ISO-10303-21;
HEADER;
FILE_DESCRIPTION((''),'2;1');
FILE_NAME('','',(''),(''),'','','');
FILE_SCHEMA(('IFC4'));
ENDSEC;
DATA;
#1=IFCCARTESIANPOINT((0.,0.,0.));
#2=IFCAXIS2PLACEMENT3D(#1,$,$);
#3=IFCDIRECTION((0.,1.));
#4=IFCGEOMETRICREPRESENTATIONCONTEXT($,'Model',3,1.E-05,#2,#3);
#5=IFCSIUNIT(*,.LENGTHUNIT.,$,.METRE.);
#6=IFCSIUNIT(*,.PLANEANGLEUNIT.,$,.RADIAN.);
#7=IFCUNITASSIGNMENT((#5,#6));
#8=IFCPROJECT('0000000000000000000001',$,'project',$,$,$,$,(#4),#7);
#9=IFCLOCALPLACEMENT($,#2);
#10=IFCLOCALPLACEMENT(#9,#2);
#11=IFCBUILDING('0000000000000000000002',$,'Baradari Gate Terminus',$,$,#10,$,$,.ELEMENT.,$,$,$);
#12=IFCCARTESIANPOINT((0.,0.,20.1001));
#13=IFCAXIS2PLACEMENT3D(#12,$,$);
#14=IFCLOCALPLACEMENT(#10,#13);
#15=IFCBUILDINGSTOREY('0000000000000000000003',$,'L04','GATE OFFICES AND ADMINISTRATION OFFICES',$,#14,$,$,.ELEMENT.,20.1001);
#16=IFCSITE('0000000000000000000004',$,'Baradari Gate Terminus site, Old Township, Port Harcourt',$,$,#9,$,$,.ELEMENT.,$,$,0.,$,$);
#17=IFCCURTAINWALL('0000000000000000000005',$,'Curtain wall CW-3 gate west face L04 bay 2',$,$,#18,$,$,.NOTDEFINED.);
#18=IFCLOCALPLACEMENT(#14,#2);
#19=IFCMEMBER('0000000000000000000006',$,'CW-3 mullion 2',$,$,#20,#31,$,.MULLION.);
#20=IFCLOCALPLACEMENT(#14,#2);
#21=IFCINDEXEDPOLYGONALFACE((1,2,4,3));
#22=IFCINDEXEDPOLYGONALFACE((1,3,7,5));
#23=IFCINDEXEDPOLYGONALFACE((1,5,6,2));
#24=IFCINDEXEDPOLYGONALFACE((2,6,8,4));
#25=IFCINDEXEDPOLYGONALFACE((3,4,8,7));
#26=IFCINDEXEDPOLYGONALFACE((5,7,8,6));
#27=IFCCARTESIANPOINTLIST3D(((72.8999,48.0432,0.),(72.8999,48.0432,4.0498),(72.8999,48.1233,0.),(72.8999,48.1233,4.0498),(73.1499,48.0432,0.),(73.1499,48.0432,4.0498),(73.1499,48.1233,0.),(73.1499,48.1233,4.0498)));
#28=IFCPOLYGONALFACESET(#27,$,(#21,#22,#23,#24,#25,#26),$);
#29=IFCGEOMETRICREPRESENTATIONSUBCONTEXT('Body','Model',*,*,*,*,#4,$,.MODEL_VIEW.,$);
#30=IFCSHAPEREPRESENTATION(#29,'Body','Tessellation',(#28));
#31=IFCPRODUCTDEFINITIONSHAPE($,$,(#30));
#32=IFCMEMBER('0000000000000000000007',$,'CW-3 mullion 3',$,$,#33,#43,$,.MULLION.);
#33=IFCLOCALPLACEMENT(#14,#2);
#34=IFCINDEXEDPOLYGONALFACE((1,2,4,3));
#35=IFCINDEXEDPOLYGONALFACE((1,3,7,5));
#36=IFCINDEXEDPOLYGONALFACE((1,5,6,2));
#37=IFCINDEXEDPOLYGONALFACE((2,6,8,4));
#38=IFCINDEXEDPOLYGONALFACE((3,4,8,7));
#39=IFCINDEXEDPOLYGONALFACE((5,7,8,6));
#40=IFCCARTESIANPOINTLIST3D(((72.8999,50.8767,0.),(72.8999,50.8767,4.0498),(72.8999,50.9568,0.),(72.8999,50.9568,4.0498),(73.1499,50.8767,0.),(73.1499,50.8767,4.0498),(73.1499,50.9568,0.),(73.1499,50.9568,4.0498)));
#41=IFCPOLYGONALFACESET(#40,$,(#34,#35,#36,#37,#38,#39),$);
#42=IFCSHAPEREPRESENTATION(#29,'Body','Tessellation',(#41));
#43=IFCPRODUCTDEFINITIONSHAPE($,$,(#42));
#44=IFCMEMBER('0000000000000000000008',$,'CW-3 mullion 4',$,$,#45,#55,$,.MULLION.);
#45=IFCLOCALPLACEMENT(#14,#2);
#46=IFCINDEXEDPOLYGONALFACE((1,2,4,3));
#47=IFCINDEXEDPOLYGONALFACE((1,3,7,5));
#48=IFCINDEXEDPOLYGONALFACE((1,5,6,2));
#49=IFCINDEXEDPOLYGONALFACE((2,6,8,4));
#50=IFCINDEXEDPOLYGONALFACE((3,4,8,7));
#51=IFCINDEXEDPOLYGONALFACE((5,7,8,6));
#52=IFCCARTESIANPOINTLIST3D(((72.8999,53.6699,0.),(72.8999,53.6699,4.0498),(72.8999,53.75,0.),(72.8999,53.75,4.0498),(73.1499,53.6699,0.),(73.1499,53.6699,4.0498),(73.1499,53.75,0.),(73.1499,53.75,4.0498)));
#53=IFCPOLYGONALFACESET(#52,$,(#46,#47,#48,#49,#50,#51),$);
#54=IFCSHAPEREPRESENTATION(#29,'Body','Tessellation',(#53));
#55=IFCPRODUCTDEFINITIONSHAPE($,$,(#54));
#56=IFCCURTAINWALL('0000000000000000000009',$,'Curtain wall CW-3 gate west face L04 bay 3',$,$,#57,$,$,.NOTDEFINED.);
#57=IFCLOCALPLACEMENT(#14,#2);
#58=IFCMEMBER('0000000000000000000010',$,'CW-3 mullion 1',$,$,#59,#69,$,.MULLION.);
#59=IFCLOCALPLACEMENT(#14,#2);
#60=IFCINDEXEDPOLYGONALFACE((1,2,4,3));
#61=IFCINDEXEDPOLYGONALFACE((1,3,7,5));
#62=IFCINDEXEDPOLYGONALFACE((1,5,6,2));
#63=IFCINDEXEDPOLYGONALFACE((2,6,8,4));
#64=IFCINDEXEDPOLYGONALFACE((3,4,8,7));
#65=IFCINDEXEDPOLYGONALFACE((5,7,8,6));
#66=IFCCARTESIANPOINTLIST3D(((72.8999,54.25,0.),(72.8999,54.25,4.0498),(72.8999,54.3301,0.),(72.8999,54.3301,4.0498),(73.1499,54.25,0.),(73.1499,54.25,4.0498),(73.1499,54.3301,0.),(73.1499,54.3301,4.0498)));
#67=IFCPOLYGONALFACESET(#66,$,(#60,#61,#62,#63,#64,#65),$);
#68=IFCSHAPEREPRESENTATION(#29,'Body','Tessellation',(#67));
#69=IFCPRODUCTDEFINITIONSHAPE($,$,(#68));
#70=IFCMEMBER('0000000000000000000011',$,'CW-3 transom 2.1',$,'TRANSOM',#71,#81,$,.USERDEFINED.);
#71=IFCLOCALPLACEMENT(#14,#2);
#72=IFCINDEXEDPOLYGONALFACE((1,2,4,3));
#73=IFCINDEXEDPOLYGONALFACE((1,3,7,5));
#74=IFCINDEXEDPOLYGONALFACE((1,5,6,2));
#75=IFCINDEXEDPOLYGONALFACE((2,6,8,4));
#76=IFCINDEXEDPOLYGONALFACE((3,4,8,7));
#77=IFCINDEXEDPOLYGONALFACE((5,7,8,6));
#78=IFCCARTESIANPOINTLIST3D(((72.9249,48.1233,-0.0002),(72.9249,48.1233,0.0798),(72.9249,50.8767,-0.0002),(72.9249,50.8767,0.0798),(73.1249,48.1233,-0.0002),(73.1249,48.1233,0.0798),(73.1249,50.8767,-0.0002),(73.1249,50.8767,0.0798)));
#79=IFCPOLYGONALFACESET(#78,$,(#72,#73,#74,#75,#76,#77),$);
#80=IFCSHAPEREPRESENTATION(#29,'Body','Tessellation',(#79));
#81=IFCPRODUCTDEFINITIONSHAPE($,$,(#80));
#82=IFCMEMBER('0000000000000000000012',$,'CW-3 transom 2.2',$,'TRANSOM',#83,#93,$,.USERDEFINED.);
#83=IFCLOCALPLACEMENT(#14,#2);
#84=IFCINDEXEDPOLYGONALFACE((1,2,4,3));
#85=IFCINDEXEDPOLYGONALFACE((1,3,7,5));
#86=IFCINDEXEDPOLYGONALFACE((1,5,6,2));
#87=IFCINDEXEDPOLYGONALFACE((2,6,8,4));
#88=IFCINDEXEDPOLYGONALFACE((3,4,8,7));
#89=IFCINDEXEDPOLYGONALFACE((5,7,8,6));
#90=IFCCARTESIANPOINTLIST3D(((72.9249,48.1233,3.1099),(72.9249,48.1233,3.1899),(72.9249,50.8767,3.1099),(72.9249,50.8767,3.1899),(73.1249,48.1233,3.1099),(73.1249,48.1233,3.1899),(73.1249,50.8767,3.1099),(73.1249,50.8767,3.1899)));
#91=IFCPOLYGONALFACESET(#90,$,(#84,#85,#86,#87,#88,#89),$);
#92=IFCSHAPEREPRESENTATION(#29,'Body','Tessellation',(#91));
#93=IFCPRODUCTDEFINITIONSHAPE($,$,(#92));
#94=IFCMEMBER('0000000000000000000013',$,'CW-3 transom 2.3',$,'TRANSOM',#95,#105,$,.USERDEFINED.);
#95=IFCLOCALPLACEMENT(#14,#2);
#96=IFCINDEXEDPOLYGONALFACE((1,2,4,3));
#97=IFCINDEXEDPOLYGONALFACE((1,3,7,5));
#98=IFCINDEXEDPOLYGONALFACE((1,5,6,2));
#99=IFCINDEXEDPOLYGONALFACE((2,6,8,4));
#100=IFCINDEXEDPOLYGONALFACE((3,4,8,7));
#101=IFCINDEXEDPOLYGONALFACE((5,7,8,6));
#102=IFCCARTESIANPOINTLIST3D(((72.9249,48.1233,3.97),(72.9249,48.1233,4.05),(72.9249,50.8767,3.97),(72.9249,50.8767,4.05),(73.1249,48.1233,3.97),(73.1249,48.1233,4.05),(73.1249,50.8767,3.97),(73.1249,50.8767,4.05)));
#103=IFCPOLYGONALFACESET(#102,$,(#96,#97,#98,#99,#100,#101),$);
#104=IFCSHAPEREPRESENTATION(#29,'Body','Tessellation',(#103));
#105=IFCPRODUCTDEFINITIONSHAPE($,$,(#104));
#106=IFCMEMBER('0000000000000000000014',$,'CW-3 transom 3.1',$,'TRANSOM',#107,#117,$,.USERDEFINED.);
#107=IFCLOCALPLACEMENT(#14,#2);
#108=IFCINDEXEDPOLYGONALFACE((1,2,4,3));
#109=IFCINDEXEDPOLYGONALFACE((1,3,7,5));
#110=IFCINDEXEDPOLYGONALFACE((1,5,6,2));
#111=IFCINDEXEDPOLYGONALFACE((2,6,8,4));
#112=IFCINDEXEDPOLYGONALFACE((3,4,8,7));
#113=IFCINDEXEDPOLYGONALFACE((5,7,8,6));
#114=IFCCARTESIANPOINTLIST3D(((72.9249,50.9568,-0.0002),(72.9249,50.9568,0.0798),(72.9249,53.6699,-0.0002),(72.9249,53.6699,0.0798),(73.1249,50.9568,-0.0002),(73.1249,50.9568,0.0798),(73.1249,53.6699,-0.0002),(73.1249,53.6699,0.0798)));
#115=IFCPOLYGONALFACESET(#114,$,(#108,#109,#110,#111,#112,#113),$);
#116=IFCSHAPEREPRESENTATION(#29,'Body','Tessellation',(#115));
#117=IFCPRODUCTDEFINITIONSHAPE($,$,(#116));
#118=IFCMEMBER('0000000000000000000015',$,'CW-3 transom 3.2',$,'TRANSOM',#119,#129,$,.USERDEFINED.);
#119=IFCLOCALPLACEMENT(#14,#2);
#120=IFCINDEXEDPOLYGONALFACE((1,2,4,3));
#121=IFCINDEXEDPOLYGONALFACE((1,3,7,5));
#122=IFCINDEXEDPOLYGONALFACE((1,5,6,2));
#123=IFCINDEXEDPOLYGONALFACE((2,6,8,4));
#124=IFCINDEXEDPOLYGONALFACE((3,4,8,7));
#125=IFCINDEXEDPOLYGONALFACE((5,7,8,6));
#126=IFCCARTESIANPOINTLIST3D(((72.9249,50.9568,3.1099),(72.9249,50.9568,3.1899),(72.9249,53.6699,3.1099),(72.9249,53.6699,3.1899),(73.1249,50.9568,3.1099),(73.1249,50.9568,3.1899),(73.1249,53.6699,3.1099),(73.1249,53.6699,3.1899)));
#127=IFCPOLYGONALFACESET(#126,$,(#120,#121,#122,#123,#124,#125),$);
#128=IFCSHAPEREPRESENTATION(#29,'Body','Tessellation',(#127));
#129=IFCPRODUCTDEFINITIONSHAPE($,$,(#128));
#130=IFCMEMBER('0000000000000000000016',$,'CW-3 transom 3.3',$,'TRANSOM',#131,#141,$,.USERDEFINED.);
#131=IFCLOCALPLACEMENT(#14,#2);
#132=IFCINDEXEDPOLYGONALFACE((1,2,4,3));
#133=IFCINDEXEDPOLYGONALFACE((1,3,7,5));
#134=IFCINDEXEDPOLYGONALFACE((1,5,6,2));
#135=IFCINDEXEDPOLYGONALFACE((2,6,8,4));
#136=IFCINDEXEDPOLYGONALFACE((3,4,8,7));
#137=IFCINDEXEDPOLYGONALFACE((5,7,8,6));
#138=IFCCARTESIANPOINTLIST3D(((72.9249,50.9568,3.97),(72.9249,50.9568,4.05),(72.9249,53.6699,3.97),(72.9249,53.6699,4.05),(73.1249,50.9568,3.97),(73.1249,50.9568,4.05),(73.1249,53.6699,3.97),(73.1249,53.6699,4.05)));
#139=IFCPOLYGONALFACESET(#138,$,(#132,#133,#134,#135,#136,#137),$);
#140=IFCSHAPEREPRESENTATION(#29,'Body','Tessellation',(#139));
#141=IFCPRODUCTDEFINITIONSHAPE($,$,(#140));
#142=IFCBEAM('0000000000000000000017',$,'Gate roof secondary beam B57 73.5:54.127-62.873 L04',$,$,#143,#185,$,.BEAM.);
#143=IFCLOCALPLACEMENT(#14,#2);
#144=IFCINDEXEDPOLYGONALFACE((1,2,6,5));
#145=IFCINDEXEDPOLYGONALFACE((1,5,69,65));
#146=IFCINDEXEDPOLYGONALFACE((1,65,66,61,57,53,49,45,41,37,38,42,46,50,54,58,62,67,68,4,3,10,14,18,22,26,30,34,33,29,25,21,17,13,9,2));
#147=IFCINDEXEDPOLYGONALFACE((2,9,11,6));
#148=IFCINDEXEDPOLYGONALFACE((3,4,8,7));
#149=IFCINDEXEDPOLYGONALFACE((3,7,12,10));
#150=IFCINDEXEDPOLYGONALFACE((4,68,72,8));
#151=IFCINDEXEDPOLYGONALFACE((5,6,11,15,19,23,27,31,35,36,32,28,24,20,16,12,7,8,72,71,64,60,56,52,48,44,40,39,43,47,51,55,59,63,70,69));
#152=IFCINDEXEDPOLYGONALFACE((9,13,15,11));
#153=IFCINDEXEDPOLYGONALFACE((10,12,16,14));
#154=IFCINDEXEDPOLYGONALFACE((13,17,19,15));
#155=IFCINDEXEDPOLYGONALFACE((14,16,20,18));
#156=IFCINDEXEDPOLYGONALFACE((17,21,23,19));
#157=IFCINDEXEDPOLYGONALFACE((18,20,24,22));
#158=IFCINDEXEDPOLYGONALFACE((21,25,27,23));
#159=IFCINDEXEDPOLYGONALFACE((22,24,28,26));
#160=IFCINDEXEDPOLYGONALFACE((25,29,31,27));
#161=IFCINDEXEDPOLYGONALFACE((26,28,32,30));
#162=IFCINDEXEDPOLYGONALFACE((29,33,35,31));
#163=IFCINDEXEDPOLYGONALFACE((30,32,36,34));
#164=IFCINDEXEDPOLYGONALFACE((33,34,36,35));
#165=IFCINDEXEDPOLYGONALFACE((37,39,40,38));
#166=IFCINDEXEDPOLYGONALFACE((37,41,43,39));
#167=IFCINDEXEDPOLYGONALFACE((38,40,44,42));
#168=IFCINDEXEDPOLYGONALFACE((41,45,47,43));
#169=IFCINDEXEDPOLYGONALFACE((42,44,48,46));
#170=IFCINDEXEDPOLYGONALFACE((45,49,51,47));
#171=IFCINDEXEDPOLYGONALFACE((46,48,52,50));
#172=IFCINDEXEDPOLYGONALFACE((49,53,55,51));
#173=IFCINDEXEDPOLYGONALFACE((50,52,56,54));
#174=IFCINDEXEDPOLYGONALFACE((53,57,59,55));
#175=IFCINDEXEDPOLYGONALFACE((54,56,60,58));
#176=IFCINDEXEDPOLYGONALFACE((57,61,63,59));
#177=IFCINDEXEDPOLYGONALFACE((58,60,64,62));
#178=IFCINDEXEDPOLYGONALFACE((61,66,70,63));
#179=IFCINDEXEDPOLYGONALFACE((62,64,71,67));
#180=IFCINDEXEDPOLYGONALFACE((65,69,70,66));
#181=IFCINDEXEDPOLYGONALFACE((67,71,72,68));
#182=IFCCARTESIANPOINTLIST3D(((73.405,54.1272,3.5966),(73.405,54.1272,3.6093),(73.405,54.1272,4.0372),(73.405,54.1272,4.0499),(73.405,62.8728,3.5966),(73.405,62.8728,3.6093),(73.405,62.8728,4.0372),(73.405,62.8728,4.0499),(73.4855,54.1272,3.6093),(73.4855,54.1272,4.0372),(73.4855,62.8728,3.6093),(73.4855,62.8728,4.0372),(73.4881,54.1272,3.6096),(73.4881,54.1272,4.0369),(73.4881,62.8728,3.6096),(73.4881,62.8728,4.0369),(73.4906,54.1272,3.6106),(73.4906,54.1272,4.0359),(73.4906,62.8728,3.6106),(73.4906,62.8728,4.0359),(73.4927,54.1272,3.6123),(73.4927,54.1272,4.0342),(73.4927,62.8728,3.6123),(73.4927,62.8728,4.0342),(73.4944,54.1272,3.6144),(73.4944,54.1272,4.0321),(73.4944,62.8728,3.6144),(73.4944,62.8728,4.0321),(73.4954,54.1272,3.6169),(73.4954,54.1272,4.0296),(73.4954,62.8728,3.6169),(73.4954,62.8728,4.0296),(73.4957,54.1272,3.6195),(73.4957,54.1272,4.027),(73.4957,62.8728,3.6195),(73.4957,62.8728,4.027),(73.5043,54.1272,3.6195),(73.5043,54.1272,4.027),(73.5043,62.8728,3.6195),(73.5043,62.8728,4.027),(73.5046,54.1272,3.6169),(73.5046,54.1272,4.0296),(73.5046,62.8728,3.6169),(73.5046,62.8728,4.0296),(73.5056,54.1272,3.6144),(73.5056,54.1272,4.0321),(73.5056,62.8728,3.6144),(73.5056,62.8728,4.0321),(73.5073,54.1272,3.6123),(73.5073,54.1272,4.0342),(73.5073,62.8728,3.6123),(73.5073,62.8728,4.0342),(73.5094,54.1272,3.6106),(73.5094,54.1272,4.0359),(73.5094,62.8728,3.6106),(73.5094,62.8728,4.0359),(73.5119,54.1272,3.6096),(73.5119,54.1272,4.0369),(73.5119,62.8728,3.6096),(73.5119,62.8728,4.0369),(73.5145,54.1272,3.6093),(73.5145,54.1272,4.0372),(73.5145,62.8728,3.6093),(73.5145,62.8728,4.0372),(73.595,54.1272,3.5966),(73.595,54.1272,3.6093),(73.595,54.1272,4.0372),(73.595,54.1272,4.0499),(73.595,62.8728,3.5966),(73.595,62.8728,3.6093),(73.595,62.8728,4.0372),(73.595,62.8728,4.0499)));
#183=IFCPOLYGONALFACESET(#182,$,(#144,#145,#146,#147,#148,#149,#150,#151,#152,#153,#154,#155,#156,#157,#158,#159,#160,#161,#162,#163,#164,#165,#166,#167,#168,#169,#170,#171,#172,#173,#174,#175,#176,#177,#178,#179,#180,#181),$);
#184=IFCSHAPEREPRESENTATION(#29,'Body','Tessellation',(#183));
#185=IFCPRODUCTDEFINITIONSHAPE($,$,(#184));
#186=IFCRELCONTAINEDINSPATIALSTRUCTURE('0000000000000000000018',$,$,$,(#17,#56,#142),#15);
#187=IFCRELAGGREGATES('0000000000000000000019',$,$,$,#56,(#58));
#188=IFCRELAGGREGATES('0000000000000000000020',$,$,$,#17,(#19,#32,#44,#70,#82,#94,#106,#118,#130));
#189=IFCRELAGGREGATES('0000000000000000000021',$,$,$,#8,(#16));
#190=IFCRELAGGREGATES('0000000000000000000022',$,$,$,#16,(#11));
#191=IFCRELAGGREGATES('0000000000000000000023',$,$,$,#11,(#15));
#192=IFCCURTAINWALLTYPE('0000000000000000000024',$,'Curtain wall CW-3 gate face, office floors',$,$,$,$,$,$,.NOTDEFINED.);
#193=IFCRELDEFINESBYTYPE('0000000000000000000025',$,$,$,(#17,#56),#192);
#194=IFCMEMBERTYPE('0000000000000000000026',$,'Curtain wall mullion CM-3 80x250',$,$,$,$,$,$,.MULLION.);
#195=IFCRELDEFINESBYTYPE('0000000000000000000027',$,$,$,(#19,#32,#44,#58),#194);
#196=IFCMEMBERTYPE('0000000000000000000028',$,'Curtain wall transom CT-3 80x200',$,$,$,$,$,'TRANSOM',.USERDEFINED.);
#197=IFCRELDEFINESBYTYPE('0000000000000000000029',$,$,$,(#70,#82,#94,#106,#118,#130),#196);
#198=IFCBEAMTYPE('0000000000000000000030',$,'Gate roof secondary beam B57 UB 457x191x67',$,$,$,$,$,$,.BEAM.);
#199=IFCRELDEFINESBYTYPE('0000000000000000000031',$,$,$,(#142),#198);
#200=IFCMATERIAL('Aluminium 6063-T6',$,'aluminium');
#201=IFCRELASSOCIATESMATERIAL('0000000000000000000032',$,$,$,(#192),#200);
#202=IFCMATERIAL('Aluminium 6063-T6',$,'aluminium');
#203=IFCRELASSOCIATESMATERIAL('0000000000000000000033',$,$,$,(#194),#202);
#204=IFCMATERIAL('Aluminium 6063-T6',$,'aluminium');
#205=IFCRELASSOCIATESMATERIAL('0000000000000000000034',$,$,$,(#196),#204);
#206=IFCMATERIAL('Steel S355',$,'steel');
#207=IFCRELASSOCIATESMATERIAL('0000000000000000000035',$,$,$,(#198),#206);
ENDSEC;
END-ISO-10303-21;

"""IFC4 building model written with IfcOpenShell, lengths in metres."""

from ifc_helpers import new_model, si_unit, direction, frame, origin, origin_2d, place, context, subcontext, project, spatial, rectangle, i_section, extrude, material, material_profile, profile_set, type_object, element, aggregate, save


model = new_model("IFC4")

# Units and contexts
model_context = context("Model", 3, precision=1e-05, world=origin(), true_north=direction((0.0, 1.0)))
body_context = subcontext(model_context, "Body", "Model", "MODEL_VIEW")
ifc_project = project(units=[si_unit("LENGTHUNIT", "METRE"), si_unit("PLANEANGLEUNIT", "RADIAN")], contexts=[model_context])

# Site, building, storey
site_placement = place(None, origin())
site = spatial("IfcSite", under=ifc_project, at=site_placement, Name="Baradari Gate Terminus site, Old Township, Port Harcourt", CompositionType="ELEMENT", RefElevation=0.0)
building_placement = place(site_placement, origin())
building = spatial("IfcBuilding", under=site, at=building_placement, Name="Baradari Gate Terminus", CompositionType="ELEMENT")
storey_placement = place(building_placement, frame((0.0, 0.0, 20.1001)))
storey = spatial("IfcBuildingStorey", under=building, at=storey_placement, Name="L04", Description="GATE OFFICES AND ADMINISTRATION OFFICES", CompositionType="ELEMENT", Elevation=20.1001)

# Curtain wall, members
ifc_material_1 = material(Name="Aluminium 6063-T6", Category="aluminium")
curtain_wall_type = type_object("IfcCurtainWallType", Name="Curtain wall CW-3 gate face, office floors", PredefinedType="NOTDEFINED", material=ifc_material_1)
curtain_wall_1_placement = place(storey_placement, origin())
curtain_wall_1 = element("IfcCurtainWall", 1, at=curtain_wall_1_placement, inside=storey, type_object=curtain_wall_type, Name="Curtain wall CW-3 gate west face L04 bay 2", PredefinedType="NOTDEFINED")
ifc_material_2 = material(Name="Aluminium 6063-T6", Category="aluminium")
ifc_material_profile_1 = material_profile(ifc_material_2, rectangle(XDim=0.25, YDim=0.0801, at=origin_2d()), Name="CM-3 80X250")
ifc_profile_set_1 = profile_set([ifc_material_profile_1], Name="Aluminium 6063-T6")
member_type_1 = type_object("IfcMemberType", Name="Curtain wall mullion CM-3 80x250", PredefinedType="MULLION", material=ifc_profile_set_1)
member_1_placement = place(storey_placement, frame((73.0249, 48.0833, 0.0), z_axis=(0.0, 0.0, 1.0), x_axis=(-1.0, 0.0, 0.0)))
member_1 = element("IfcMember", 2, at=member_1_placement, type_object=member_type_1, Name="CW-3 mullion 2", PredefinedType="MULLION", context=body_context, shape_type="SweptSolid", body=[
    extrude(rectangle(XDim=0.25, YDim=0.0801, at=origin_2d()), origin(), (0.0, 0.0, 1.0), 4.0498),
])
member_2_placement = place(storey_placement, frame((73.0249, 50.9167, 0.0), z_axis=(0.0, 0.0, 1.0), x_axis=(-1.0, 0.0, 0.0)))
member_2 = element("IfcMember", 3, at=member_2_placement, type_object=member_type_1, Name="CW-3 mullion 3", PredefinedType="MULLION", context=body_context, shape_type="SweptSolid", body=[
    extrude(rectangle(XDim=0.25, YDim=0.0801, at=origin_2d()), origin(), (0.0, 0.0, 1.0), 4.0498),
])
member_3_placement = place(storey_placement, frame((73.0249, 53.71, 0.0), z_axis=(0.0, 0.0, 1.0), x_axis=(-1.0, 0.0, 0.0)))
member_3 = element("IfcMember", 4, at=member_3_placement, type_object=member_type_1, Name="CW-3 mullion 4", PredefinedType="MULLION", context=body_context, shape_type="SweptSolid", body=[
    extrude(rectangle(XDim=0.25, YDim=0.0801, at=origin_2d()), origin(), (0.0, 0.0, 1.0), 4.0498),
])

# Curtain wall, member
curtain_wall_2_placement = place(storey_placement, origin())
curtain_wall_2 = element("IfcCurtainWall", 5, at=curtain_wall_2_placement, inside=storey, type_object=curtain_wall_type, Name="Curtain wall CW-3 gate west face L04 bay 3", PredefinedType="NOTDEFINED")
member_4_placement = place(storey_placement, frame((73.0249, 54.29, 0.0), z_axis=(0.0, 0.0, 1.0), x_axis=(-1.0, 0.0, 0.0)))
member_4 = element("IfcMember", 6, at=member_4_placement, type_object=member_type_1, Name="CW-3 mullion 1", PredefinedType="MULLION", context=body_context, shape_type="SweptSolid", body=[
    extrude(rectangle(XDim=0.25, YDim=0.0801, at=origin_2d()), origin(), (0.0, 0.0, 1.0), 4.0498),
])
aggregate(curtain_wall_2, [member_4])

# Members
ifc_material_3 = material(Name="Aluminium 6063-T6", Category="aluminium")
ifc_material_profile_2 = material_profile(ifc_material_3, rectangle(XDim=0.2, YDim=0.0801, at=origin_2d()), Name="CT-3 80X200")
ifc_profile_set_2 = profile_set([ifc_material_profile_2], Name="Aluminium 6063-T6")
member_type_2 = type_object("IfcMemberType", Name="Curtain wall transom CT-3 80x200", ElementType="TRANSOM", PredefinedType="USERDEFINED", material=ifc_profile_set_2)
member_5_placement = place(storey_placement, frame((73.0249, 48.1233, 0.0398), z_axis=(0.0, 1.0, 0.0), x_axis=(-1.0, 0.0, 0.0)))
member_5 = element("IfcMember", 7, at=member_5_placement, type_object=member_type_2, Name="CW-3 transom 2.1", ObjectType="TRANSOM", PredefinedType="USERDEFINED", context=body_context, shape_type="SweptSolid", body=[
    extrude(rectangle(XDim=0.2, YDim=0.0801, at=origin_2d()), origin(), (0.0, 0.0, 1.0), 2.7534),
])
member_6_placement = place(storey_placement, frame((73.0249, 48.1233, 3.1499), z_axis=(0.0, 1.0, 0.0), x_axis=(-1.0, 0.0, 0.0)))
member_6 = element("IfcMember", 8, at=member_6_placement, type_object=member_type_2, Name="CW-3 transom 2.2", ObjectType="TRANSOM", PredefinedType="USERDEFINED", context=body_context, shape_type="SweptSolid", body=[
    extrude(rectangle(XDim=0.2, YDim=0.0801, at=origin_2d()), origin(), (0.0, 0.0, 1.0), 2.7534),
])
member_7_placement = place(storey_placement, frame((73.0249, 48.1233, 4.01), z_axis=(0.0, 1.0, 0.0), x_axis=(-1.0, 0.0, 0.0)))
member_7 = element("IfcMember", 9, at=member_7_placement, type_object=member_type_2, Name="CW-3 transom 2.3", ObjectType="TRANSOM", PredefinedType="USERDEFINED", context=body_context, shape_type="SweptSolid", body=[
    extrude(rectangle(XDim=0.2, YDim=0.0801, at=origin_2d()), origin(), (0.0, 0.0, 1.0), 2.7534),
])
member_8_placement = place(storey_placement, frame((73.0249, 50.9568, 0.0398), z_axis=(0.0, 1.0, 0.0), x_axis=(-1.0, 0.0, 0.0)))
member_8 = element("IfcMember", 10, at=member_8_placement, type_object=member_type_2, Name="CW-3 transom 3.1", ObjectType="TRANSOM", PredefinedType="USERDEFINED", context=body_context, shape_type="SweptSolid", body=[
    extrude(rectangle(XDim=0.2, YDim=0.0801, at=origin_2d()), origin(), (0.0, 0.0, 1.0), 2.7131),
])
member_9_placement = place(storey_placement, frame((73.0249, 50.9568, 3.1499), z_axis=(0.0, 1.0, 0.0), x_axis=(-1.0, 0.0, 0.0)))
member_9 = element("IfcMember", 11, at=member_9_placement, type_object=member_type_2, Name="CW-3 transom 3.2", ObjectType="TRANSOM", PredefinedType="USERDEFINED", context=body_context, shape_type="SweptSolid", body=[
    extrude(rectangle(XDim=0.2, YDim=0.0801, at=origin_2d()), origin(), (0.0, 0.0, 1.0), 2.7131),
])
member_10_placement = place(storey_placement, frame((73.0249, 50.9568, 4.01), z_axis=(0.0, 1.0, 0.0), x_axis=(-1.0, 0.0, 0.0)))
member_10 = element("IfcMember", 12, at=member_10_placement, type_object=member_type_2, Name="CW-3 transom 3.3", ObjectType="TRANSOM", PredefinedType="USERDEFINED", context=body_context, shape_type="SweptSolid", body=[
    extrude(rectangle(XDim=0.2, YDim=0.0801, at=origin_2d()), origin(), (0.0, 0.0, 1.0), 2.7131),
])

# Beam
ifc_material_4 = material(Name="Steel S355", Category="steel")
ifc_material_profile_3 = material_profile(ifc_material_4, i_section(OverallWidth=0.1899, OverallDepth=0.4534, WebThickness=0.0085, FlangeThickness=0.0127, FilletRadius=0.0103, at=origin_2d()), Name="UB 457x191x67")
ifc_profile_set_3 = profile_set([ifc_material_profile_3], Name="Steel S355")
beam_type_1 = type_object("IfcBeamType", Name="Gate roof secondary beam B57 UB 457x191x67", PredefinedType="BEAM", material=ifc_profile_set_3)
for number, where, z_axis, x_axis, name in (
    (13, (73.5, 54.1272, 3.8232), (0.0, 1.0, 0.0), (-1.0, 0.0, 0.0), "Gate roof secondary beam B57 73.5:54.127-62.873 L04"),
):
    element("IfcBeam", number, at=place(storey_placement, frame(where, z_axis=z_axis, x_axis=x_axis)), inside=storey, type_object=beam_type_1, Name=name, PredefinedType="BEAM", context=body_context, shape_type="SweptSolid", body=[
        extrude(i_section(OverallWidth=0.1899, OverallDepth=0.4534, WebThickness=0.0085, FlangeThickness=0.0127, FilletRadius=0.0103, at=origin_2d()), origin(), (0.0, 0.0, 1.0), 8.7456),
    ])

aggregate(curtain_wall_1, [member_1, member_2, member_3, member_5, member_6, member_7, member_8, member_9, member_10])

save(model, "model.ifc")
